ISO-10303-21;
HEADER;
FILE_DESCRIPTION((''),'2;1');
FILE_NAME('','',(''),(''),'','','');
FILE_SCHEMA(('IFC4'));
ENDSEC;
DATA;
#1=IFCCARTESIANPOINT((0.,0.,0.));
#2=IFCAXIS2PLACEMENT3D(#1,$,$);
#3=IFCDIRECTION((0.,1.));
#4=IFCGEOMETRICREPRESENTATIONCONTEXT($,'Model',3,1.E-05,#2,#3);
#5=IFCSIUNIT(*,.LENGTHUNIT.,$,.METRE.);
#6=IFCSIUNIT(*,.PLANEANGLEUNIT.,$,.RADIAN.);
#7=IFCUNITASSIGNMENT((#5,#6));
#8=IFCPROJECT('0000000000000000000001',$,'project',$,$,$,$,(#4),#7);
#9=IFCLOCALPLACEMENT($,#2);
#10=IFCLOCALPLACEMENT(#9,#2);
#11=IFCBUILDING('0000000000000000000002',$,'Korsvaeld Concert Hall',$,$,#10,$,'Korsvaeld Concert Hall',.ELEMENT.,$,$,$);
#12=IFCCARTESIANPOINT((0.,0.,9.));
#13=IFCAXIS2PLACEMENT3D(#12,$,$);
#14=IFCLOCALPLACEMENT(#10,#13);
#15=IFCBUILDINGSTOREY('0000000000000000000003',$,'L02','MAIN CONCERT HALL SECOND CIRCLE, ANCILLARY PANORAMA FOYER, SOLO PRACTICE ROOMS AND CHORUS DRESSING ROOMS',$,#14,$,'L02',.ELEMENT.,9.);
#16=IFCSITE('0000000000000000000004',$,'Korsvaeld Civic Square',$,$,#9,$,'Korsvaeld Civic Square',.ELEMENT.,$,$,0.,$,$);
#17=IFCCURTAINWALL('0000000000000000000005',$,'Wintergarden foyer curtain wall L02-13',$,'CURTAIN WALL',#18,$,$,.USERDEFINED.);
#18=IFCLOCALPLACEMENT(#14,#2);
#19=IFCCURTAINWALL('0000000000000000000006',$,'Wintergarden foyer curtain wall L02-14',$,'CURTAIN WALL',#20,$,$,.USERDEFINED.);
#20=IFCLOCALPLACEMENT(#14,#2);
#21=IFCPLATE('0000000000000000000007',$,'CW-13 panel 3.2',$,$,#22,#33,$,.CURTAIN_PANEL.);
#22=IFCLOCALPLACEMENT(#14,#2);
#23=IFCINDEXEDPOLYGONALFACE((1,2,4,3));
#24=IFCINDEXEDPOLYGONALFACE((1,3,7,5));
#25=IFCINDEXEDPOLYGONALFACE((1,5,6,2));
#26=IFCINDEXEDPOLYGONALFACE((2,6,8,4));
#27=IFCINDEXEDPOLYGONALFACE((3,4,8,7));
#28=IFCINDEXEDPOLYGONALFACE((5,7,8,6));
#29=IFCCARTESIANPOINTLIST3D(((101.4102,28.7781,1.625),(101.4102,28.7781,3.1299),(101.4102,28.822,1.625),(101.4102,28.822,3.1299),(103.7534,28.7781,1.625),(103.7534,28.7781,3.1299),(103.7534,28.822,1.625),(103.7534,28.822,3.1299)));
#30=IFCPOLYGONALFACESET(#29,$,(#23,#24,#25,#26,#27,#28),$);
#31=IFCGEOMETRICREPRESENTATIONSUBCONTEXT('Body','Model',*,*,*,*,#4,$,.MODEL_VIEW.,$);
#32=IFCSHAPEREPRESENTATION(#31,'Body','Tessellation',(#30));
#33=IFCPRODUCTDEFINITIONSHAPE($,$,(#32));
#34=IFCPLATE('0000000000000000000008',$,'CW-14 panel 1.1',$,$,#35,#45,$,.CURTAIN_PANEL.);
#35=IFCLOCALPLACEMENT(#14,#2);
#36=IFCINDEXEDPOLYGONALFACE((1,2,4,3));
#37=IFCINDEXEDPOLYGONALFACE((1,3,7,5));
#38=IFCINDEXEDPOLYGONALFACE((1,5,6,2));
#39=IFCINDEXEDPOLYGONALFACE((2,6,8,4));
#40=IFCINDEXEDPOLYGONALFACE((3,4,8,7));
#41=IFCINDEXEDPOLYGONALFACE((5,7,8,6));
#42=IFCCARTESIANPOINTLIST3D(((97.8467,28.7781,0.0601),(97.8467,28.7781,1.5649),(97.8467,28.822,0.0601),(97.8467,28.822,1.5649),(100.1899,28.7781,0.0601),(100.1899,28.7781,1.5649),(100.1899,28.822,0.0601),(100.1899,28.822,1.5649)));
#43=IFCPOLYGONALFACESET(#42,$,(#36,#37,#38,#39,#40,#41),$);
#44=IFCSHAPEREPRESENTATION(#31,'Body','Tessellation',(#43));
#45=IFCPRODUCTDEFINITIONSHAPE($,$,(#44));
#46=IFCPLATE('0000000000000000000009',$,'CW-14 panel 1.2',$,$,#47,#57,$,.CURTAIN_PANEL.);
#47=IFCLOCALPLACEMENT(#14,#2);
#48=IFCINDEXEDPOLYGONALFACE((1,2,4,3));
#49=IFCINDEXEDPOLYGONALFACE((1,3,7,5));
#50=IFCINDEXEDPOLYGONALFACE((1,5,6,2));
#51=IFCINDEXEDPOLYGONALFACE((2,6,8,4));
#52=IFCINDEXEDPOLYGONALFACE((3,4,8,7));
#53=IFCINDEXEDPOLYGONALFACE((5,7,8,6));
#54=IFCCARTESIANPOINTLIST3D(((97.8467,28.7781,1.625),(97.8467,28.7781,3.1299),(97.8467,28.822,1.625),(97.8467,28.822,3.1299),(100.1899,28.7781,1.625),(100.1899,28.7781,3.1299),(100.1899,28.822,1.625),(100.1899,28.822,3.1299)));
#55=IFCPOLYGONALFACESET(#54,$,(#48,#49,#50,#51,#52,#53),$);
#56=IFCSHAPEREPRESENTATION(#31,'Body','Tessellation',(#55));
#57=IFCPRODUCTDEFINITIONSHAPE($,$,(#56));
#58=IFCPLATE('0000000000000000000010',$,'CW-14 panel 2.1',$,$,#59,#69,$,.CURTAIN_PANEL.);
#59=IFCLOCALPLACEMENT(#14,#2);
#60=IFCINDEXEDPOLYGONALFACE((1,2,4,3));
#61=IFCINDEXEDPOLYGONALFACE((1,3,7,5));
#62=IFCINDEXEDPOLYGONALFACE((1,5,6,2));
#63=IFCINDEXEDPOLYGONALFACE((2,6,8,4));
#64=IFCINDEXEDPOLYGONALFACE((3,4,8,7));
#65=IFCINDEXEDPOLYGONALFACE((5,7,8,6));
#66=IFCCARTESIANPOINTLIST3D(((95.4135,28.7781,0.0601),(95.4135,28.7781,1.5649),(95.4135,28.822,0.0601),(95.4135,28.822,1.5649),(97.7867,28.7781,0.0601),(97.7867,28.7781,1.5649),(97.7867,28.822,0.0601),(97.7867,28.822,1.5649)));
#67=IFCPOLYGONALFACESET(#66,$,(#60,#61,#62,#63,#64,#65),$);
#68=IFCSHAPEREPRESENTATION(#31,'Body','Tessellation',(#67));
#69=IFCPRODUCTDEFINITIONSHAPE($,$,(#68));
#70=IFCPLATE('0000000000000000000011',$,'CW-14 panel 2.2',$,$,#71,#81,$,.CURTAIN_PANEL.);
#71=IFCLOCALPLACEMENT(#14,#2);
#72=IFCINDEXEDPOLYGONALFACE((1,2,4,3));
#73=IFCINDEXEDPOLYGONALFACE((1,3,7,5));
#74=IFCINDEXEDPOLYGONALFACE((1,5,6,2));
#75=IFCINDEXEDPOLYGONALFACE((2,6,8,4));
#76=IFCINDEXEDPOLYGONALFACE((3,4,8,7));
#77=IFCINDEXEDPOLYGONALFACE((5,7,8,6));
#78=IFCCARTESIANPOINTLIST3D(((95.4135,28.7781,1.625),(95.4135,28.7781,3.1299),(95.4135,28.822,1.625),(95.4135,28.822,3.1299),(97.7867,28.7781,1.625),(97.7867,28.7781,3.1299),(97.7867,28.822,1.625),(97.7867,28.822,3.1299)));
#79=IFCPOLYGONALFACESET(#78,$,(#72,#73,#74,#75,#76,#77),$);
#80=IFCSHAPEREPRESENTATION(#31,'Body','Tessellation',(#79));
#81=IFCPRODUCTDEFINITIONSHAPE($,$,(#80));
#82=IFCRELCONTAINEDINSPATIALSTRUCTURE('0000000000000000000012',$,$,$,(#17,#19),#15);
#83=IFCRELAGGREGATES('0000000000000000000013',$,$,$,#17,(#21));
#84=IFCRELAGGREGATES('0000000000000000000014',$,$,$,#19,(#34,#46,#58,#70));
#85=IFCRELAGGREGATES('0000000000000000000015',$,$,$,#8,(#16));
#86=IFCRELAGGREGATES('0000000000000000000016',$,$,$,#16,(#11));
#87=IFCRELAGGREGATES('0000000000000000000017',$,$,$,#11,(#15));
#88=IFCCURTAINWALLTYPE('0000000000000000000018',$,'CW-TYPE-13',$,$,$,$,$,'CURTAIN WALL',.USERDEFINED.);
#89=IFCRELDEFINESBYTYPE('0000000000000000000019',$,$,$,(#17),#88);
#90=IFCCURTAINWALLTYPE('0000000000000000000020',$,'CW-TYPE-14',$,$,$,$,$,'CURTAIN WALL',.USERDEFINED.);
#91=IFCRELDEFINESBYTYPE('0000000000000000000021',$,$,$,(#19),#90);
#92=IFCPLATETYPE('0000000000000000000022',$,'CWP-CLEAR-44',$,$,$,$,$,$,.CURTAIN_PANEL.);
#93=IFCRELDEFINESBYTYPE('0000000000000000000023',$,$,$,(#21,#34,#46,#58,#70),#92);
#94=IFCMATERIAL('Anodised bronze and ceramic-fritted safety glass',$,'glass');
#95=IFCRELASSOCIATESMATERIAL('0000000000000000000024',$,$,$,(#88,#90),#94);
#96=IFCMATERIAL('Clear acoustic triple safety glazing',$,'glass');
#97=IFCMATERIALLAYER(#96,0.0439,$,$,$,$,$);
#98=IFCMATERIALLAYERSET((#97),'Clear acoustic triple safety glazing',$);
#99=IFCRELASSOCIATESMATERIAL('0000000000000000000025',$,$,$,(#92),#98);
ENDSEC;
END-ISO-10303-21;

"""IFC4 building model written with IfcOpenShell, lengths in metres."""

from ifc_helpers import new_model, si_unit, direction, frame, origin, origin_2d, place, context, subcontext, project, spatial, rectangle, extrude, material, layer, layer_set, type_object, element, aggregate, save


model = new_model("IFC4")

# Units and contexts
model_context = context("Model", 3, precision=1e-05, world=origin(), true_north=direction((0.0, 1.0)))
body_context = subcontext(model_context, "Body", "Model", "MODEL_VIEW")
ifc_project = project(units=[si_unit("LENGTHUNIT", "METRE"), si_unit("PLANEANGLEUNIT", "RADIAN")], contexts=[model_context])

# Site, building, storey
site_placement = place(None, origin())
site = spatial("IfcSite", under=ifc_project, at=site_placement, Name="Korsvaeld Civic Square", LongName="Korsvaeld Civic Square", CompositionType="ELEMENT", RefElevation=0.0)
building_placement = place(site_placement, origin())
building = spatial("IfcBuilding", under=site, at=building_placement, Name="Korsvaeld Concert Hall", LongName="Korsvaeld Concert Hall", CompositionType="ELEMENT")
storey_placement = place(building_placement, frame((0.0, 0.0, 9.0)))
storey = spatial("IfcBuildingStorey", under=building, at=storey_placement, Name="L02", Description="MAIN CONCERT HALL SECOND CIRCLE, ANCILLARY PANORAMA FOYER, SOLO PRACTICE ROOMS AND CHORUS DRESSING ROOMS", LongName="L02", CompositionType="ELEMENT", Elevation=9.0)

# Curtain wall
ifc_material_1 = material(Name="Anodised bronze and ceramic-fritted safety glass", Category="glass")
curtain_wall_type_1 = type_object("IfcCurtainWallType", Name="CW-TYPE-13", ElementType="CURTAIN WALL", PredefinedType="USERDEFINED", material=ifc_material_1)
curtain_wall_1_placement = place(storey_placement, origin())
curtain_wall_1 = element("IfcCurtainWall", 1, at=curtain_wall_1_placement, inside=storey, type_object=curtain_wall_type_1, Name="Wintergarden foyer curtain wall L02-13", ObjectType="CURTAIN WALL", PredefinedType="USERDEFINED")

# Curtain wall
curtain_wall_type_2 = type_object("IfcCurtainWallType", Name="CW-TYPE-14", ElementType="CURTAIN WALL", PredefinedType="USERDEFINED", material=ifc_material_1)
curtain_wall_2_placement = place(storey_placement, origin())
curtain_wall_2 = element("IfcCurtainWall", 2, at=curtain_wall_2_placement, inside=storey, type_object=curtain_wall_type_2, Name="Wintergarden foyer curtain wall L02-14", ObjectType="CURTAIN WALL", PredefinedType="USERDEFINED")

# Plates
ifc_material_2 = material(Name="Clear acoustic triple safety glazing", Category="glass")
ifc_layer = layer(ifc_material_2, 0.0439)
ifc_layer_set = layer_set([ifc_layer], Name="Clear acoustic triple safety glazing")
plate_type = type_object("IfcPlateType", Name="CWP-CLEAR-44", PredefinedType="CURTAIN_PANEL", material=ifc_layer_set)
plate_1_placement = place(storey_placement, frame((102.5818, 28.8, 1.625), z_axis=(0.0, 0.0, 1.0), x_axis=(-1.0, 0.0, 0.0)))
plate_1 = element("IfcPlate", 3, at=plate_1_placement, type_object=plate_type, Name="CW-13 panel 3.2", PredefinedType="CURTAIN_PANEL", context=body_context, shape_type="SweptSolid", body=[
    extrude(rectangle(XDim=2.3433, YDim=0.0439, at=origin_2d()), origin(), (0.0, 0.0, 1.0), 1.5049),
])
aggregate(curtain_wall_1, [plate_1])
plate_2_placement = place(storey_placement, frame((99.0183, 28.8, 0.0601), z_axis=(0.0, 0.0, 1.0), x_axis=(-1.0, 0.0, 0.0)))
plate_2 = element("IfcPlate", 4, at=plate_2_placement, type_object=plate_type, Name="CW-14 panel 1.1", PredefinedType="CURTAIN_PANEL", context=body_context, shape_type="SweptSolid", body=[
    extrude(rectangle(XDim=2.3433, YDim=0.0439, at=origin_2d()), origin(), (0.0, 0.0, 1.0), 1.5049),
])
plate_3_placement = place(storey_placement, frame((99.0183, 28.8, 1.625), z_axis=(0.0, 0.0, 1.0), x_axis=(-1.0, 0.0, 0.0)))
plate_3 = element("IfcPlate", 5, at=plate_3_placement, type_object=plate_type, Name="CW-14 panel 1.2", PredefinedType="CURTAIN_PANEL", context=body_context, shape_type="SweptSolid", body=[
    extrude(rectangle(XDim=2.3433, YDim=0.0439, at=origin_2d()), origin(), (0.0, 0.0, 1.0), 1.5049),
])
plate_4_placement = place(storey_placement, frame((96.6001, 28.8, 0.0601), z_axis=(0.0, 0.0, 1.0), x_axis=(-1.0, 0.0, 0.0)))
plate_4 = element("IfcPlate", 6, at=plate_4_placement, type_object=plate_type, Name="CW-14 panel 2.1", PredefinedType="CURTAIN_PANEL", context=body_context, shape_type="SweptSolid", body=[
    extrude(rectangle(XDim=2.3733, YDim=0.0439, at=origin_2d()), origin(), (0.0, 0.0, 1.0), 1.5049),
])
plate_5_placement = place(storey_placement, frame((96.6001, 28.8, 1.625), z_axis=(0.0, 0.0, 1.0), x_axis=(-1.0, 0.0, 0.0)))
plate_5 = element("IfcPlate", 7, at=plate_5_placement, type_object=plate_type, Name="CW-14 panel 2.2", PredefinedType="CURTAIN_PANEL", context=body_context, shape_type="SweptSolid", body=[
    extrude(rectangle(XDim=2.3733, YDim=0.0439, at=origin_2d()), origin(), (0.0, 0.0, 1.0), 1.5049),
])
aggregate(curtain_wall_2, [plate_2, plate_3, plate_4, plate_5])

save(model, "model.ifc")
